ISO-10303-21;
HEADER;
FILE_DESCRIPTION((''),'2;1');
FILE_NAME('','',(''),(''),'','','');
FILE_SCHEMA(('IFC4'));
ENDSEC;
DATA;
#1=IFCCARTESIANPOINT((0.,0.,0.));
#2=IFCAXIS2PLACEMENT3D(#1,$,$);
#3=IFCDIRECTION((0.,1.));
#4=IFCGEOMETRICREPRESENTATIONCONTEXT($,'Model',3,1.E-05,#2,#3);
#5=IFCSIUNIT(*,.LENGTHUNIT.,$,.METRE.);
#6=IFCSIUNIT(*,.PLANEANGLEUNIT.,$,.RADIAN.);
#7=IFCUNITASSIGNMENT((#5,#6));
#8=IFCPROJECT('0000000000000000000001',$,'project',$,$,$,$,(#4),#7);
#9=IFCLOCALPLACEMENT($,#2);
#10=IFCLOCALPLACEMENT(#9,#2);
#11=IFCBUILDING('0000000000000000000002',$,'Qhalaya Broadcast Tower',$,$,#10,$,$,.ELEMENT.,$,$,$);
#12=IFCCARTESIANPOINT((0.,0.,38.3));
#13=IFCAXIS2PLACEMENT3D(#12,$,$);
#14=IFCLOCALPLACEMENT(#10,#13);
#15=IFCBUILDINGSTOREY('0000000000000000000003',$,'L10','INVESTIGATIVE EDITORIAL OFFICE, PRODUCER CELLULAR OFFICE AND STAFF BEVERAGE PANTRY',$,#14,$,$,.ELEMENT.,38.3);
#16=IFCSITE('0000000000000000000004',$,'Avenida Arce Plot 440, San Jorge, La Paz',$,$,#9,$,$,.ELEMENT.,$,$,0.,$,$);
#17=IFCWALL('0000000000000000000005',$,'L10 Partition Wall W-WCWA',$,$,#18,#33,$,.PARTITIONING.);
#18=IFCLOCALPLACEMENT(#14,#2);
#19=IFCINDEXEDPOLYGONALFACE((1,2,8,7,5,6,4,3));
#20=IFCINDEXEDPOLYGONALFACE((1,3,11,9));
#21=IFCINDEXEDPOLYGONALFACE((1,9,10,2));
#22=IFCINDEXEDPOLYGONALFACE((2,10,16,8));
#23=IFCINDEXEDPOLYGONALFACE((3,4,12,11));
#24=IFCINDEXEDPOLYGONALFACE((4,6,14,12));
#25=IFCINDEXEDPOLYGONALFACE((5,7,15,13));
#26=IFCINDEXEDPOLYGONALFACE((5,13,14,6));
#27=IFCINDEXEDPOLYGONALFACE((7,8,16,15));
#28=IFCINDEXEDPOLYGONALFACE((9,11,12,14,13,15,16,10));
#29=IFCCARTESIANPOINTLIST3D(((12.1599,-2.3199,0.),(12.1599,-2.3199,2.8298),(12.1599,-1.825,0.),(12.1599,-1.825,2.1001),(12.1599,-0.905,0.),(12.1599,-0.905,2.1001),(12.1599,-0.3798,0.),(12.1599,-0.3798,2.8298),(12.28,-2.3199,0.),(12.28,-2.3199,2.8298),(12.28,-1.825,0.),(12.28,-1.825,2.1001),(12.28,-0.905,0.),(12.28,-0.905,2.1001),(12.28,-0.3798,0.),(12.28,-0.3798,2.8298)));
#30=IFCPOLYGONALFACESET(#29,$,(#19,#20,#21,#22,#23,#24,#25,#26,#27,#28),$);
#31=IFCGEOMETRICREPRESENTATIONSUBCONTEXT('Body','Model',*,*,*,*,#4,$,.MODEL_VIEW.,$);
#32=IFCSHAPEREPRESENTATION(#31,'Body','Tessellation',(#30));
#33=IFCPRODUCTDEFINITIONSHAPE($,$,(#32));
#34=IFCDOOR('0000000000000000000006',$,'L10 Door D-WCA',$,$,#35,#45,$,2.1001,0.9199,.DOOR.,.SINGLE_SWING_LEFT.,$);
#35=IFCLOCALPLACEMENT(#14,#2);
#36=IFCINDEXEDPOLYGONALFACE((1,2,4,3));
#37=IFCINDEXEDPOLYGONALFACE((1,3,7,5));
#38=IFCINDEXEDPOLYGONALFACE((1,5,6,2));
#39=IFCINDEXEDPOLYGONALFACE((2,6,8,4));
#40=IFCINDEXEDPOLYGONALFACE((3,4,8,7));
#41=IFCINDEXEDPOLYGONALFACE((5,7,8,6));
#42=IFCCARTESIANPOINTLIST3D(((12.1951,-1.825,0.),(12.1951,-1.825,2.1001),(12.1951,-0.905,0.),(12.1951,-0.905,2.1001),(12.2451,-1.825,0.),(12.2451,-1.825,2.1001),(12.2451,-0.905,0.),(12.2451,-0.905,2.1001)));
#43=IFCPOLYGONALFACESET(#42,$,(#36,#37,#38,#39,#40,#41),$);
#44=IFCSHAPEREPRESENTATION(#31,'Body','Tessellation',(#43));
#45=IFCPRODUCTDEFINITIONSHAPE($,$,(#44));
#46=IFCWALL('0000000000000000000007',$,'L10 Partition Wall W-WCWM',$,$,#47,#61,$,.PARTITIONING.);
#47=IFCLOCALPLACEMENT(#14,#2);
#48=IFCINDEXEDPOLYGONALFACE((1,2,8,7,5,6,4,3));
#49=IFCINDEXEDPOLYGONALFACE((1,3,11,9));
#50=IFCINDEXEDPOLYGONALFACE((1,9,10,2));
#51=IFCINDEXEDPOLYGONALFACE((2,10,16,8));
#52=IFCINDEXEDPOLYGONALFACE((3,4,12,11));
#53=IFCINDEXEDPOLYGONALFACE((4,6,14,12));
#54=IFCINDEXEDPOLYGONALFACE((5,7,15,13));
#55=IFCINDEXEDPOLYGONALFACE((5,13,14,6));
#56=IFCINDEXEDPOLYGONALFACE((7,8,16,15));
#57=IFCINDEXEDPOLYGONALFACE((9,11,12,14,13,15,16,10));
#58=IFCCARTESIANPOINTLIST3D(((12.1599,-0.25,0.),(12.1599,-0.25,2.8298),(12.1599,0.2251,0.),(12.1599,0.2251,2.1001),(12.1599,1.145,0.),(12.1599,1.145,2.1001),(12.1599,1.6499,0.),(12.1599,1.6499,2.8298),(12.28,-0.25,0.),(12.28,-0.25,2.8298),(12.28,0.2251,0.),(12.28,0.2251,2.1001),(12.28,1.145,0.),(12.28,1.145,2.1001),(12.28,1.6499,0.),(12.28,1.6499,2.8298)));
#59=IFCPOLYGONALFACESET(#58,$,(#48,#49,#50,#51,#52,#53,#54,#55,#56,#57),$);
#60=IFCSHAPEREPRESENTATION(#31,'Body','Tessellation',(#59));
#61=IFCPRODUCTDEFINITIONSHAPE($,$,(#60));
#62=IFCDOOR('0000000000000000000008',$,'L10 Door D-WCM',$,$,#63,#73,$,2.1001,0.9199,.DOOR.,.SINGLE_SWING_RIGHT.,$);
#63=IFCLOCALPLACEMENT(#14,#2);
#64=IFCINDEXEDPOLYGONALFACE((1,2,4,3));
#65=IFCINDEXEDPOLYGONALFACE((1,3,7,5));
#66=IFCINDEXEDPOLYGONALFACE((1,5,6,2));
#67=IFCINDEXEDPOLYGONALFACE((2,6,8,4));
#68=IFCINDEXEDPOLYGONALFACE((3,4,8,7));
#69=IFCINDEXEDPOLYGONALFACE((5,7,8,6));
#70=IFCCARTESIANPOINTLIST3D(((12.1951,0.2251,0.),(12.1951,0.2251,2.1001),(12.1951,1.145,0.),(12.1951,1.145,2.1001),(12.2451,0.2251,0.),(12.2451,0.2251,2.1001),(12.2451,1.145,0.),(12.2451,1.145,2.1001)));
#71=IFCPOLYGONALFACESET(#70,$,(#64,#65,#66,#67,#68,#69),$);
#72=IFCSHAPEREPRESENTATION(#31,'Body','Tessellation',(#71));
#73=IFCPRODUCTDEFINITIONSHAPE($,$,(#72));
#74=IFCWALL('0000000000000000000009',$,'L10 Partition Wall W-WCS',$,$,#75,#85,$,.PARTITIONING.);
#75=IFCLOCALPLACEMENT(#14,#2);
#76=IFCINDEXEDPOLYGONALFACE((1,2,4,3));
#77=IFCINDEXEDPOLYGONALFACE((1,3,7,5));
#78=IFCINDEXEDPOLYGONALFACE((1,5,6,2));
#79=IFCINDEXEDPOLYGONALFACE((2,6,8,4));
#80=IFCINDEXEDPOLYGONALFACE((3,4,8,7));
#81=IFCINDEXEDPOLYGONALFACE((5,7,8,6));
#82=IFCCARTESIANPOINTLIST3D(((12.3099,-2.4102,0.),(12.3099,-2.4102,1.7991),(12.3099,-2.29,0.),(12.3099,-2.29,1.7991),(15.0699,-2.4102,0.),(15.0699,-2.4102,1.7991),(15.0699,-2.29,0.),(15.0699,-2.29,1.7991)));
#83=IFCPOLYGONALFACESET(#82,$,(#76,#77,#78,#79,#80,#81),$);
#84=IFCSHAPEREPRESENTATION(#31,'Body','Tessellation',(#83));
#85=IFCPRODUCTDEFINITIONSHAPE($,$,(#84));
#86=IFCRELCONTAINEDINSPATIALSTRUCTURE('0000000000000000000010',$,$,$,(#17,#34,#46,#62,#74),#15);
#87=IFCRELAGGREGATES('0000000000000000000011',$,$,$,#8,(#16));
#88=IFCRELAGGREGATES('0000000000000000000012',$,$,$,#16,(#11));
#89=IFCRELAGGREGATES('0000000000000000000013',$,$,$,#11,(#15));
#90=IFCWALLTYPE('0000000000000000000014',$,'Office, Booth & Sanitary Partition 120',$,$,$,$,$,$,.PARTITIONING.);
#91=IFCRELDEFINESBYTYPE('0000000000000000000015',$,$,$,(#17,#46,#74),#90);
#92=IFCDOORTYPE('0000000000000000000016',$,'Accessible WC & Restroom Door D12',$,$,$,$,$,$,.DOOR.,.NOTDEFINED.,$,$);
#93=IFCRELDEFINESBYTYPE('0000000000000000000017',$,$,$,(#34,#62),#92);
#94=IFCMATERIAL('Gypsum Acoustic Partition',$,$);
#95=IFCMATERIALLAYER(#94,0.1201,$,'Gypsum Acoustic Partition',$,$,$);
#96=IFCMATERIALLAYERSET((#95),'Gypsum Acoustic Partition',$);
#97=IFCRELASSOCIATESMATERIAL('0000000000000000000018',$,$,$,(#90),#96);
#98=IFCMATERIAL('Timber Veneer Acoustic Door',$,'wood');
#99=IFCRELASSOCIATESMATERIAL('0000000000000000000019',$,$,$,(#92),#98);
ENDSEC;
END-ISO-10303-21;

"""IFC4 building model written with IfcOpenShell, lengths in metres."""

from ifc_helpers import new_model, si_unit, direction, frame, frame_2d, origin, place, context, subcontext, project, spatial, rectangle, extrude, material, layer, layer_set, type_object, element, fill, save


model = new_model("IFC4")

# Units and contexts
model_context = context("Model", 3, precision=1e-05, world=origin(), true_north=direction((0.0, 1.0)))
body_context = subcontext(model_context, "Body", "Model", "MODEL_VIEW")
ifc_project = project(units=[si_unit("LENGTHUNIT", "METRE"), si_unit("PLANEANGLEUNIT", "RADIAN")], contexts=[model_context])

# Site, building, storey
site_placement = place(None, origin())
site = spatial("IfcSite", under=ifc_project, at=site_placement, Name="Avenida Arce Plot 440, San Jorge, La Paz", CompositionType="ELEMENT", RefElevation=0.0)
building_placement = place(site_placement, origin())
building = spatial("IfcBuilding", under=site, at=building_placement, Name="Qhalaya Broadcast Tower", CompositionType="ELEMENT")
storey_placement = place(building_placement, frame((0.0, 0.0, 38.3)))
storey = spatial("IfcBuildingStorey", under=building, at=storey_placement, Name="L10", Description="INVESTIGATIVE EDITORIAL OFFICE, PRODUCER CELLULAR OFFICE AND STAFF BEVERAGE PANTRY", CompositionType="ELEMENT", Elevation=38.3)

# Shared definitions
ifc_material_1 = material(Name="Gypsum Acoustic Partition")
ifc_layer_1 = layer(ifc_material_1, 0.1201, Name="Gypsum Acoustic Partition")
ifc_layer_set_1 = layer_set([ifc_layer_1], Name="Gypsum Acoustic Partition")
wall_type_1 = type_object("IfcWallType", Name="Office, Booth & Sanitary Partition 120", PredefinedType="PARTITIONING", material=ifc_layer_set_1)

# Walls, openings, doors
wall_1_placement = place(storey_placement, frame((12.22, -2.3201, 0.0), z_axis=(0.0, 0.0, 1.0), x_axis=(0.0, 1.0, 0.0)))
wall_1 = element("IfcWall", 1, at=wall_1_placement, inside=storey, type_object=wall_type_1, Name="L10 Partition Wall W-WCWA", PredefinedType="PARTITIONING", context=body_context, shape_type="SweptSolid", body=[
    extrude(rectangle(XDim=1.9402, YDim=0.1201, at=frame_2d((0.9702, 0.0))), origin(), (0.0, 0.0, 1.0), 2.8298),
])
opening_1_placement = place(wall_1_placement, frame((0.4951, 0.0, 0.0)))
opening_1 = element("IfcOpeningElement", 2, at=opening_1_placement, cuts=wall_1, PredefinedType="OPENING", context=body_context, shape_type="SweptSolid", body=[
    extrude(rectangle(XDim=0.9199, YDim=2.1001, at=frame_2d((0.46, 1.05))), frame((0.0, 0.072, 0.0), z_axis=(0.0, -1.0, 0.0), x_axis=(1.0, 0.0, 0.0)), (0.0, 0.0, 1.0), 0.144),
])
ifc_material_2 = material(Name="Timber Veneer Acoustic Door", Category="wood")
door_type_1 = type_object("IfcDoorType", Name="Accessible WC & Restroom Door D12", OperationType="NOTDEFINED", PredefinedType="DOOR", material=ifc_material_2)
door_1_placement = place(opening_1_placement, origin())
door_1 = element("IfcDoor", 3, at=door_1_placement, inside=storey, type_object=door_type_1, Name="L10 Door D-WCA", OperationType="SINGLE_SWING_LEFT", OverallHeight=2.1001, OverallWidth=0.9199, PredefinedType="DOOR", context=body_context, shape_type="SweptSolid", body=[
    extrude(rectangle(XDim=0.9199, YDim=2.1001, at=frame_2d((0.46, 1.05))), frame((0.0, 0.0249, 0.0), z_axis=(0.0, -1.0, 0.0), x_axis=(1.0, 0.0, 0.0)), (0.0, 0.0, 1.0), 0.05),
])
fill(opening_1, door_1)
wall_2_placement = place(storey_placement, frame((12.22, -0.25, 0.0), z_axis=(0.0, 0.0, 1.0), x_axis=(0.0, 1.0, 0.0)))
wall_2 = element("IfcWall", 4, at=wall_2_placement, inside=storey, type_object=wall_type_1, Name="L10 Partition Wall W-WCWM", PredefinedType="PARTITIONING", context=body_context, shape_type="SweptSolid", body=[
    extrude(rectangle(XDim=1.8999, YDim=0.1201, at=frame_2d((0.95, 0.0))), origin(), (0.0, 0.0, 1.0), 2.8298),
])
opening_2_placement = place(wall_2_placement, frame((0.4751, 0.0, 0.0)))
opening_2 = element("IfcOpeningElement", 5, at=opening_2_placement, cuts=wall_2, PredefinedType="OPENING", context=body_context, shape_type="SweptSolid", body=[
    extrude(rectangle(XDim=0.9199, YDim=2.1001, at=frame_2d((0.46, 1.05))), frame((0.0, 0.072, 0.0), z_axis=(0.0, -1.0, 0.0), x_axis=(1.0, 0.0, 0.0)), (0.0, 0.0, 1.0), 0.144),
])
door_2_placement = place(opening_2_placement, origin())
door_2 = element("IfcDoor", 6, at=door_2_placement, inside=storey, type_object=door_type_1, Name="L10 Door D-WCM", OperationType="SINGLE_SWING_RIGHT", OverallHeight=2.1001, OverallWidth=0.9199, PredefinedType="DOOR", context=body_context, shape_type="SweptSolid", body=[
    extrude(rectangle(XDim=0.9199, YDim=2.1001, at=frame_2d((0.46, 1.05))), frame((0.0, 0.0249, 0.0), z_axis=(0.0, -1.0, 0.0), x_axis=(1.0, 0.0, 0.0)), (0.0, 0.0, 1.0), 0.05),
])
fill(opening_2, door_2)

# Wall
wall_3_placement = place(storey_placement, frame((12.3101, -2.3501, 0.0), z_axis=(0.0, 0.0, 1.0), x_axis=(1.0, 0.0, 0.0)))
element("IfcWall", 7, at=wall_3_placement, inside=storey, type_object=wall_type_1, Name="L10 Partition Wall W-WCS", PredefinedType="PARTITIONING", context=body_context, shape_type="SweptSolid", body=[
    extrude(rectangle(XDim=2.76, YDim=0.1201, at=frame_2d((1.3799, 0.0))), origin(), (0.0, 0.0, 1.0), 1.7991),
])

save(model, "model.ifc")
